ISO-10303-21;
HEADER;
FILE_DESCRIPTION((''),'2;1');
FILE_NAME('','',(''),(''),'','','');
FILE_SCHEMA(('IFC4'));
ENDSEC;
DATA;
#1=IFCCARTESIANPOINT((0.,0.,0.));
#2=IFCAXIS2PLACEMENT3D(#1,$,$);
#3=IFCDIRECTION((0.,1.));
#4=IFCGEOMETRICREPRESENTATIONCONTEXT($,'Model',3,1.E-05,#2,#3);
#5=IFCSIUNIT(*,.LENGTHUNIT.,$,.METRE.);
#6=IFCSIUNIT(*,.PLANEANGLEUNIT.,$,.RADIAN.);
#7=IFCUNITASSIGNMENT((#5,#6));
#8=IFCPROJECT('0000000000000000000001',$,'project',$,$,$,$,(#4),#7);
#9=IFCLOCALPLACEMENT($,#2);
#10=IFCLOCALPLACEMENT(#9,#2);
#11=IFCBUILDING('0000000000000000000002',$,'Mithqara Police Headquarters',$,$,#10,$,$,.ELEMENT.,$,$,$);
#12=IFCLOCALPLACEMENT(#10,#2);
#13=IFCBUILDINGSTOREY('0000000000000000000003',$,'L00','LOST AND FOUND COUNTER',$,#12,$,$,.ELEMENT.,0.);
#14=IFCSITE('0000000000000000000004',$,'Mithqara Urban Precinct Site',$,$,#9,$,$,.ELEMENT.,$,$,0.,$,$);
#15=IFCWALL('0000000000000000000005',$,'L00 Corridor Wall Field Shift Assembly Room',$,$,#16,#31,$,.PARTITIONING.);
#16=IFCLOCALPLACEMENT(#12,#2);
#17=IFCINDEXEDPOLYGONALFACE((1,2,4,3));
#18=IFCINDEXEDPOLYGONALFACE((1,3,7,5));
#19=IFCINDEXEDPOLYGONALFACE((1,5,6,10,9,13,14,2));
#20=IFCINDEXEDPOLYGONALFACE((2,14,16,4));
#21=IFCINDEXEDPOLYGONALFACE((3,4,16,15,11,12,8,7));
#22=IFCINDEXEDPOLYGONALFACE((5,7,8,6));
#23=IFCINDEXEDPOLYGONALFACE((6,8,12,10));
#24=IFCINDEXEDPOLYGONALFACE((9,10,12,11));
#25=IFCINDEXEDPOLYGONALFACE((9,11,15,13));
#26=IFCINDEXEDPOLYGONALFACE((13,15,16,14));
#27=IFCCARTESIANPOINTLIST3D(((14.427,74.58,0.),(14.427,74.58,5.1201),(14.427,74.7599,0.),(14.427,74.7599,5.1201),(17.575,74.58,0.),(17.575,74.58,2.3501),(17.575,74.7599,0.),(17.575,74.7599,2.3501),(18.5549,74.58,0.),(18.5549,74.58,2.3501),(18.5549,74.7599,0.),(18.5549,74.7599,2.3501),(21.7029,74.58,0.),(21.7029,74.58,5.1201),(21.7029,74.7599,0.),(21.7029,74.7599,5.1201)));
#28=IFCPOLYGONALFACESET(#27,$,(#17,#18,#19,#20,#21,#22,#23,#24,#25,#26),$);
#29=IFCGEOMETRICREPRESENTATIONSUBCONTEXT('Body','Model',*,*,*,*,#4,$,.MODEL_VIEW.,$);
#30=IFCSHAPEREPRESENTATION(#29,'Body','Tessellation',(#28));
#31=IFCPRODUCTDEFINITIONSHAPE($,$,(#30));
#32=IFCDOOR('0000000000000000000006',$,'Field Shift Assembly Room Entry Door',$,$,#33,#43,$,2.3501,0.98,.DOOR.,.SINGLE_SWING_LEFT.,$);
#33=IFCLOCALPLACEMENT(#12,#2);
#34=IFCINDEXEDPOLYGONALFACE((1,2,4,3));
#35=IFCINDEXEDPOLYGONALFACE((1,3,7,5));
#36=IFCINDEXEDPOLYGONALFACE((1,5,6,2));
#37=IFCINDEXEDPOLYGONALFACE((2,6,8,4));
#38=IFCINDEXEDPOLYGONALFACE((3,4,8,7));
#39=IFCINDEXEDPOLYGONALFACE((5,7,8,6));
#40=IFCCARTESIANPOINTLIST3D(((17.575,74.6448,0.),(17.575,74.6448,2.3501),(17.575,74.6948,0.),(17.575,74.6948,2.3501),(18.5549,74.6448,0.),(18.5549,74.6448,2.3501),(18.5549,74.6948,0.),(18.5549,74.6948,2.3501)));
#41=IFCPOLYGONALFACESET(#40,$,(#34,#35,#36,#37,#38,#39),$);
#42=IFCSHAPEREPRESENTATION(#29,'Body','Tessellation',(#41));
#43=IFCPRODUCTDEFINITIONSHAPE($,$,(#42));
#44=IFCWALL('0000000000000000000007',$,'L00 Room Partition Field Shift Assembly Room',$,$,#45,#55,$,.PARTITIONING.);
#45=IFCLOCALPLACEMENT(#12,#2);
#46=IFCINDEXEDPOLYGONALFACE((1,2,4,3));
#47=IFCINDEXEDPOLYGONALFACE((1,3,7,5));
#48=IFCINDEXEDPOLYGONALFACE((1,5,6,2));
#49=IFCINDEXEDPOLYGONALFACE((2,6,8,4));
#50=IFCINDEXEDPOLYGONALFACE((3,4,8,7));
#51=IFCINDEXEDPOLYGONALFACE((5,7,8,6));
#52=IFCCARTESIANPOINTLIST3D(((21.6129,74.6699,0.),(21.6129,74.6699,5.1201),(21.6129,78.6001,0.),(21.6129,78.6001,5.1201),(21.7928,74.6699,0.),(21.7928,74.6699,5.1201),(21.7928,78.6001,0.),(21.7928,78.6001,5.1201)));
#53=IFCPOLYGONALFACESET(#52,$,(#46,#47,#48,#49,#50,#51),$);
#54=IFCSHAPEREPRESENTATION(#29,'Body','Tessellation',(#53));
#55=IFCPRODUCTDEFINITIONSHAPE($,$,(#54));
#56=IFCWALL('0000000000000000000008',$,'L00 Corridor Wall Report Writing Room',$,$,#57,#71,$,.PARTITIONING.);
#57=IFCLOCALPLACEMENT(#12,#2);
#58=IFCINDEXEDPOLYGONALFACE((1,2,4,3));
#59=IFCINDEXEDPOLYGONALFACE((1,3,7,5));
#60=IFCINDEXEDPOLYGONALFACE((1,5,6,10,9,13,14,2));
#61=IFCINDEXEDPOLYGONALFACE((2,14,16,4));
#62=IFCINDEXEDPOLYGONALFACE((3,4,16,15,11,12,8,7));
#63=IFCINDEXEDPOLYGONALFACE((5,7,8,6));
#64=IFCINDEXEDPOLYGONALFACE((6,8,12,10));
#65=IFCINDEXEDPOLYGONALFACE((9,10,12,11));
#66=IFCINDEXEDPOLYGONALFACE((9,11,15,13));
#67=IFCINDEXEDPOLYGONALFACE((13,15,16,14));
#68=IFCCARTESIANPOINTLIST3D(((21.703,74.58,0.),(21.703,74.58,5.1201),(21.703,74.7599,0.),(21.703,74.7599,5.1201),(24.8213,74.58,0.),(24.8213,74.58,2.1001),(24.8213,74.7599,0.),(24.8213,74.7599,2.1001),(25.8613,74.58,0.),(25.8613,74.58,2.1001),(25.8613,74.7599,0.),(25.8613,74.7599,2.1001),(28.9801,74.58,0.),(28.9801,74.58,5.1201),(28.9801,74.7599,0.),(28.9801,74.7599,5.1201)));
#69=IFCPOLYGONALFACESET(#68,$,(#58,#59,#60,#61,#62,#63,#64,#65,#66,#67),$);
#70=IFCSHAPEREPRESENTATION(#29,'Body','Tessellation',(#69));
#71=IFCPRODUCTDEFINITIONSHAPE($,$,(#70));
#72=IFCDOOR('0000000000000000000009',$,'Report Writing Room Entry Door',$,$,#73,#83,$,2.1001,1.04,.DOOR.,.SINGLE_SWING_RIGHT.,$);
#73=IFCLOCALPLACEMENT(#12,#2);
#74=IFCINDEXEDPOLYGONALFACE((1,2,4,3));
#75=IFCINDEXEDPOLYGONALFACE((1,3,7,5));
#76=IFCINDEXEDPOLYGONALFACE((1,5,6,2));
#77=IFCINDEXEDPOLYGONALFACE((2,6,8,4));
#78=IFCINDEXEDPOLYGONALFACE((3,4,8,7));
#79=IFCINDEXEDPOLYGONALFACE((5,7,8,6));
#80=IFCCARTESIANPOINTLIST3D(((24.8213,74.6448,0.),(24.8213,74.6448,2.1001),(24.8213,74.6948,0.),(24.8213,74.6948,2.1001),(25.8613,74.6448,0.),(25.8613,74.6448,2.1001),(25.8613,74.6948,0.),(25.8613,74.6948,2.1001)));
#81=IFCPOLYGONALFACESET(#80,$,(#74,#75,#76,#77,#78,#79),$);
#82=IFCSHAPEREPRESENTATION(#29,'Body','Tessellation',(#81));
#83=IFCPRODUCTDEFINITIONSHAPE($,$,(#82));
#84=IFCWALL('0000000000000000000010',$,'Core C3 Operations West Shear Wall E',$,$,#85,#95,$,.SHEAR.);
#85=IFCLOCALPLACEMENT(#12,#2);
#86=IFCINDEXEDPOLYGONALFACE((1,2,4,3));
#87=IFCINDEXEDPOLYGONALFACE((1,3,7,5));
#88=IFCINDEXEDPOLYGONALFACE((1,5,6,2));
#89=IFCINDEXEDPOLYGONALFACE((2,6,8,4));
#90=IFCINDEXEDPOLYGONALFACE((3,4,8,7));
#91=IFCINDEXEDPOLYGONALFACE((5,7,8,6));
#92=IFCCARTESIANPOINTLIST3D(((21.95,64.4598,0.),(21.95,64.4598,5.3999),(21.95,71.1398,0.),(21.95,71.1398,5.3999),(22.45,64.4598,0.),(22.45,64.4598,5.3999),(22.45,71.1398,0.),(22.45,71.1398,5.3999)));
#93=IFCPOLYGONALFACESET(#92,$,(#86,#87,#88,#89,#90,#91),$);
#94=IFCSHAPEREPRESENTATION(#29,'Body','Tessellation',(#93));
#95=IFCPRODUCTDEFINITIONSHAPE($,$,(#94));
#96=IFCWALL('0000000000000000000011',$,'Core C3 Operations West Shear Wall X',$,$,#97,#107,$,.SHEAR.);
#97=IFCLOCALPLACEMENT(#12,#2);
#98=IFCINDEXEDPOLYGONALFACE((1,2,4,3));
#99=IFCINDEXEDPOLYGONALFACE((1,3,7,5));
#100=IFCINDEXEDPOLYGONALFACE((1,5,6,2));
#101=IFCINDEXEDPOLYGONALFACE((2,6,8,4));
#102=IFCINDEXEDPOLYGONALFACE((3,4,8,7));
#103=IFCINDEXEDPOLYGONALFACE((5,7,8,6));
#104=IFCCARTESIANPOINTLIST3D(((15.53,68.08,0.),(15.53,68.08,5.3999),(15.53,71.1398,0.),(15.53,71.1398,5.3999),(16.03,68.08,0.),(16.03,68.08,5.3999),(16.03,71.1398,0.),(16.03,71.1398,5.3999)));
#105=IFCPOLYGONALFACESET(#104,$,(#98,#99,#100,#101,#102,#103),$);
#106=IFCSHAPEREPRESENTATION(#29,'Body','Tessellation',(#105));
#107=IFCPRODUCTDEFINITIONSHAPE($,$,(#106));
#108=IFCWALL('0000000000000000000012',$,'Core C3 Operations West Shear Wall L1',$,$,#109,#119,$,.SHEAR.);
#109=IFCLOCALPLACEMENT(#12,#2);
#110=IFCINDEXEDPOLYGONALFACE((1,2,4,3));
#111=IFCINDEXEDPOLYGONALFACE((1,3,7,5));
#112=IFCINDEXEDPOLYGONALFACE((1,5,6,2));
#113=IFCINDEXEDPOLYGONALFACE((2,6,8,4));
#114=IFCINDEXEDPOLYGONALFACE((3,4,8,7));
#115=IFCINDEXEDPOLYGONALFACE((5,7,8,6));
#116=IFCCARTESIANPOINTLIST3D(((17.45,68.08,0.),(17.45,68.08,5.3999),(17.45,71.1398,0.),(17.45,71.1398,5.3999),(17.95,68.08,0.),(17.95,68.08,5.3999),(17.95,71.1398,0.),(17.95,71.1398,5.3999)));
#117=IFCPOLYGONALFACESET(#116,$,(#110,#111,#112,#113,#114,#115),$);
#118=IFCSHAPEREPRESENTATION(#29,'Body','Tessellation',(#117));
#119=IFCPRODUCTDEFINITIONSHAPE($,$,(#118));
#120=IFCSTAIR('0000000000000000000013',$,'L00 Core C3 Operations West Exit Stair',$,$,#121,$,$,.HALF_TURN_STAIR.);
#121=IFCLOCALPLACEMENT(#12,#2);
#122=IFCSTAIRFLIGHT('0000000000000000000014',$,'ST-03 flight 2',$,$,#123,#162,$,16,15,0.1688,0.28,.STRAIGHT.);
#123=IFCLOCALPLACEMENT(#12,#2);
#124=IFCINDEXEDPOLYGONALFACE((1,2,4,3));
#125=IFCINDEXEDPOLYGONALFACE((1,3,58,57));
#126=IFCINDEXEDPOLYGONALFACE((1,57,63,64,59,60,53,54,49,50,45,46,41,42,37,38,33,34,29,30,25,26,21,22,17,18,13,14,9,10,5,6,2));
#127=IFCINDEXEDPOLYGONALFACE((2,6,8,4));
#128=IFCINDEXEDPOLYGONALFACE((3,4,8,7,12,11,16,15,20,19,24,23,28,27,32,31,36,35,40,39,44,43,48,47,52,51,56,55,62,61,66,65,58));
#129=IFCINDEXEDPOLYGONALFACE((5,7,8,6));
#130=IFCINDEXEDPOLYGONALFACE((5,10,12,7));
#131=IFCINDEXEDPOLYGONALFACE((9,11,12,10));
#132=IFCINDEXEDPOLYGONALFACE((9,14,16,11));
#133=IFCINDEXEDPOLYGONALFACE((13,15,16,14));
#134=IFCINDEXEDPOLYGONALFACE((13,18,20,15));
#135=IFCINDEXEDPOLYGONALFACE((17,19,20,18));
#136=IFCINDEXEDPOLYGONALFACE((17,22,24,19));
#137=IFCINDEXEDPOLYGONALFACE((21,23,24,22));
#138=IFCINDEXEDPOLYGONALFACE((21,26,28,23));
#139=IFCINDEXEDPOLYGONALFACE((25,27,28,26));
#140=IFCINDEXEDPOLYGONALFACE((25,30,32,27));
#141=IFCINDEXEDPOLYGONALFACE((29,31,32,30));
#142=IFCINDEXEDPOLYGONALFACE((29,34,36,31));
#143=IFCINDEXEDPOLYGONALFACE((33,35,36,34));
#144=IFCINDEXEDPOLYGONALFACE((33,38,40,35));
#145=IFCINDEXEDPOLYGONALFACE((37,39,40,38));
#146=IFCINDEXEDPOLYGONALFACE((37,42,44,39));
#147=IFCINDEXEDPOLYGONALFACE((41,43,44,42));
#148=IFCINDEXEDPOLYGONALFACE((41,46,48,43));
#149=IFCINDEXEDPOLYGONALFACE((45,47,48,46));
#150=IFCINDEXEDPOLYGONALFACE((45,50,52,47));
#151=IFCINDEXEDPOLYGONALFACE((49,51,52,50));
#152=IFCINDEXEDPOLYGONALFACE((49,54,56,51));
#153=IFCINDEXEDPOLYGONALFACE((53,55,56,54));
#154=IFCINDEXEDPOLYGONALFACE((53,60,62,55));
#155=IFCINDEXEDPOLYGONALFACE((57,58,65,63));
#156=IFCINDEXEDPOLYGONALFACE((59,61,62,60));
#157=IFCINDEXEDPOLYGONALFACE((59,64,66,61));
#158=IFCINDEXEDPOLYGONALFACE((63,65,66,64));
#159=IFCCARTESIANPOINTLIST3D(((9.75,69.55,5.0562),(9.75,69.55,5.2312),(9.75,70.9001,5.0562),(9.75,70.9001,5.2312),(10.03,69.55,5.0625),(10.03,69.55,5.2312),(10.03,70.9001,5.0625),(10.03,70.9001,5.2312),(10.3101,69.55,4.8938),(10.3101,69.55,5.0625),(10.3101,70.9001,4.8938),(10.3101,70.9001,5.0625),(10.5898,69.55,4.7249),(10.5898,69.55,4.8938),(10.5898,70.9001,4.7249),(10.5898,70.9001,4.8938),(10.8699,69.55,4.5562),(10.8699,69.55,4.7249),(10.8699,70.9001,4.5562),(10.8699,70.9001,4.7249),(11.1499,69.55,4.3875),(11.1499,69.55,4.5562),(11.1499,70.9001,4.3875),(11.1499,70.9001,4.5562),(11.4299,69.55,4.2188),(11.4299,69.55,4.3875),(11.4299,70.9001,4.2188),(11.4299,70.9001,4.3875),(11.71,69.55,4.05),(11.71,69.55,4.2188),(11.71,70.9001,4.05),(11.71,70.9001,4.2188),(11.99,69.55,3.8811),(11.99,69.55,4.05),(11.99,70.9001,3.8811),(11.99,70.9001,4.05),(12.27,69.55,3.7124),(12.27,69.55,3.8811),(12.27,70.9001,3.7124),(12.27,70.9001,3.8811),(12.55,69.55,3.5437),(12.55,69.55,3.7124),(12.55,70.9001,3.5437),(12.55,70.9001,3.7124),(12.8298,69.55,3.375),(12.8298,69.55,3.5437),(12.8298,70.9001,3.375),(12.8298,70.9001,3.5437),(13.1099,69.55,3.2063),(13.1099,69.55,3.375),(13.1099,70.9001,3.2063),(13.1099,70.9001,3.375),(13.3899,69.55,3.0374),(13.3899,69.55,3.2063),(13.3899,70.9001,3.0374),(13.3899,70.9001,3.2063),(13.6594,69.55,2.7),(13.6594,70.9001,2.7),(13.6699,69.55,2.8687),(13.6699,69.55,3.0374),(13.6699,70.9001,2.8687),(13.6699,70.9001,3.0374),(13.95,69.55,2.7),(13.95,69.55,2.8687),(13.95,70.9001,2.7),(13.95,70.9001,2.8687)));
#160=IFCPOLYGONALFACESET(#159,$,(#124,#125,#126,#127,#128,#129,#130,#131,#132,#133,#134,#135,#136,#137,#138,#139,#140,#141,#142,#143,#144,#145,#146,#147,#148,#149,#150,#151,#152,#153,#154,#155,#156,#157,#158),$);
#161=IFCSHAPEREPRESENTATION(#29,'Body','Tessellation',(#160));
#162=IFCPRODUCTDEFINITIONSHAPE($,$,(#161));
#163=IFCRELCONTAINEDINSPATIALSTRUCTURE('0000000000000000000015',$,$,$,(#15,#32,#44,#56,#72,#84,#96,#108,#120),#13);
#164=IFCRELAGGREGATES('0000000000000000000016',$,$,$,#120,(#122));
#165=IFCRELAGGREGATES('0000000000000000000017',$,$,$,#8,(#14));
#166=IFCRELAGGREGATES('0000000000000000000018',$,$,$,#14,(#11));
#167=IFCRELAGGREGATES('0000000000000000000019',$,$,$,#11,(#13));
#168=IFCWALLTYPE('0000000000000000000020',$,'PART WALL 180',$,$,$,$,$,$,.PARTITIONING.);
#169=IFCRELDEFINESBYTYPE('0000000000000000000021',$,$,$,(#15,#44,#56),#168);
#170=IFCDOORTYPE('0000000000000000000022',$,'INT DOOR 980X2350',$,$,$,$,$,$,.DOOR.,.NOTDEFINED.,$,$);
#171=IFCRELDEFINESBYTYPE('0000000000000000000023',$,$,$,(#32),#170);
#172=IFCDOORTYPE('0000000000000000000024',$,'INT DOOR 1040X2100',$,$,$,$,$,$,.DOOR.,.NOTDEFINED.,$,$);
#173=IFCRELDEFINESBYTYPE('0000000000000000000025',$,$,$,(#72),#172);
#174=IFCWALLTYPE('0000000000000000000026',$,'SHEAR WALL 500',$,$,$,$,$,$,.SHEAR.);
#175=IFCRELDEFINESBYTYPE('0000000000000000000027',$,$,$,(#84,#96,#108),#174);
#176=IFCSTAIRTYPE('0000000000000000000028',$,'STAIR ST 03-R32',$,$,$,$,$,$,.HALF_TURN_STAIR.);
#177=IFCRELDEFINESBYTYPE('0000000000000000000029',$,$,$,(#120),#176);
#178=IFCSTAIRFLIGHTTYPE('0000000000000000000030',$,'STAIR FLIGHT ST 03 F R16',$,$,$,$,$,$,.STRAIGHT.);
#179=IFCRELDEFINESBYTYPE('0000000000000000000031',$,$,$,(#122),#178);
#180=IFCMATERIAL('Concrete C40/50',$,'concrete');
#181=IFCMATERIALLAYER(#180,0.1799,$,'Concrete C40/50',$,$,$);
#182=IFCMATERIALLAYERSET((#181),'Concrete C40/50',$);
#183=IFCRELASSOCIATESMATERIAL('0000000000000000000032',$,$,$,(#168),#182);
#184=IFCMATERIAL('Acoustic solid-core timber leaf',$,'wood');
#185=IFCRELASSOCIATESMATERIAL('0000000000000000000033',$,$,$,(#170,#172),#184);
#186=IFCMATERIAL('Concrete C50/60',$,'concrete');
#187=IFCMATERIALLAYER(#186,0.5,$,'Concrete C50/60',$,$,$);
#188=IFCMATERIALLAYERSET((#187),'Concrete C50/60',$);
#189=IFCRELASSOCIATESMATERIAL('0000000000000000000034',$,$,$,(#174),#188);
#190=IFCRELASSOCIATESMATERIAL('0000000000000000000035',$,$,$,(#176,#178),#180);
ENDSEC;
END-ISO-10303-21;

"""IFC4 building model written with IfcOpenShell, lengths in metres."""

from ifc_helpers import new_model, si_unit, direction, frame, frame_2d, origin, place, context, subcontext, project, spatial, polyline, rectangle, outline, extrude, material, layer, layer_set, type_object, element, fill, aggregate, save


model = new_model("IFC4")

# Units and contexts
model_context = context("Model", 3, precision=1e-05, world=origin(), true_north=direction((0.0, 1.0)))
body_context = subcontext(model_context, "Body", "Model", "MODEL_VIEW")
ifc_project = project(units=[si_unit("LENGTHUNIT", "METRE"), si_unit("PLANEANGLEUNIT", "RADIAN")], contexts=[model_context])

# Site, building, storey
site_placement = place(None, origin())
site = spatial("IfcSite", under=ifc_project, at=site_placement, Name="Mithqara Urban Precinct Site", CompositionType="ELEMENT", RefElevation=0.0)
building_placement = place(site_placement, origin())
building = spatial("IfcBuilding", under=site, at=building_placement, Name="Mithqara Police Headquarters", CompositionType="ELEMENT")
storey_placement = place(building_placement, origin())
storey = spatial("IfcBuildingStorey", under=building, at=storey_placement, Name="L00", Description="LOST AND FOUND COUNTER", CompositionType="ELEMENT", Elevation=0.0)

# Shared definitions
ifc_material_1 = material(Name="Concrete C40/50", Category="concrete")
ifc_material_2 = material(Name="Concrete C50/60", Category="concrete")

# Shared definitions
ifc_layer_1 = layer(ifc_material_1, 0.1799, Name="Concrete C40/50")
ifc_layer_set_1 = layer_set([ifc_layer_1], Name="Concrete C40/50")
wall_type_1 = type_object("IfcWallType", Name="PART WALL 180", PredefinedType="PARTITIONING", material=ifc_layer_set_1)

# Wall, opening, door
wall_1_placement = place(storey_placement, frame((14.427, 74.6699, 0.0), z_axis=(0.0, 0.0, 1.0), x_axis=(1.0, 0.0, 0.0)))
wall_1 = element("IfcWall", 1, at=wall_1_placement, inside=storey, type_object=wall_type_1, Name="L00 Corridor Wall Field Shift Assembly Room", PredefinedType="PARTITIONING", context=body_context, shape_type="SweptSolid", body=[
    extrude(rectangle(XDim=7.2759, YDim=0.1799, at=frame_2d((3.6379, 0.0))), origin(), (0.0, 0.0, 1.0), 5.1201),
])
opening_1_placement = place(wall_1_placement, frame((3.1479, 0.0, 0.0)))
opening_1 = element("IfcOpeningElement", 2, at=opening_1_placement, cuts=wall_1, PredefinedType="OPENING", context=body_context, shape_type="SweptSolid", body=[
    extrude(rectangle(XDim=0.98, YDim=2.3501, at=frame_2d((0.49, 1.175))), frame((0.0, 0.1001, 0.0), z_axis=(0.0, -1.0, 0.0), x_axis=(1.0, 0.0, 0.0)), (0.0, 0.0, 1.0), 0.2),
])
ifc_material_3 = material(Name="Acoustic solid-core timber leaf", Category="wood")
door_type_1 = type_object("IfcDoorType", Name="INT DOOR 980X2350", OperationType="NOTDEFINED", PredefinedType="DOOR", material=ifc_material_3)
door_1_placement = place(opening_1_placement, origin())
door_1 = element("IfcDoor", 3, at=door_1_placement, inside=storey, type_object=door_type_1, Name="Field Shift Assembly Room Entry Door", OperationType="SINGLE_SWING_LEFT", OverallHeight=2.3501, OverallWidth=0.98, PredefinedType="DOOR", context=body_context, shape_type="SweptSolid", body=[
    extrude(rectangle(XDim=0.98, YDim=2.3501, at=frame_2d((0.49, 1.175))), frame((0.0, 0.0249, 0.0), z_axis=(0.0, -1.0, 0.0), x_axis=(1.0, 0.0, 0.0)), (0.0, 0.0, 1.0), 0.05),
])
fill(opening_1, door_1)

# Wall
wall_2_placement = place(storey_placement, frame((21.7029, 74.6699, 0.0), z_axis=(0.0, 0.0, 1.0), x_axis=(0.0, 1.0, 0.0)))
element("IfcWall", 4, at=wall_2_placement, inside=storey, type_object=wall_type_1, Name="L00 Room Partition Field Shift Assembly Room", PredefinedType="PARTITIONING", context=body_context, shape_type="SweptSolid", body=[
    extrude(rectangle(XDim=3.9302, YDim=0.1799, at=frame_2d((1.9651, 0.0))), origin(), (0.0, 0.0, 1.0), 5.1201),
])

# Wall, opening, door
wall_3_placement = place(storey_placement, frame((21.7029, 74.6699, 0.0), z_axis=(0.0, 0.0, 1.0), x_axis=(1.0, 0.0, 0.0)))
wall_3 = element("IfcWall", 5, at=wall_3_placement, inside=storey, type_object=wall_type_1, Name="L00 Corridor Wall Report Writing Room", PredefinedType="PARTITIONING", context=body_context, shape_type="SweptSolid", body=[
    extrude(rectangle(XDim=7.2771, YDim=0.1799, at=frame_2d((3.6387, 0.0))), origin(), (0.0, 0.0, 1.0), 5.1201),
])
opening_2_placement = place(wall_3_placement, frame((3.1184, 0.0, 0.0)))
opening_2 = element("IfcOpeningElement", 6, at=opening_2_placement, cuts=wall_3, PredefinedType="OPENING", context=body_context, shape_type="SweptSolid", body=[
    extrude(rectangle(XDim=1.04, YDim=2.1001, at=frame_2d((0.52, 1.05))), frame((0.0, 0.1001, 0.0), z_axis=(0.0, -1.0, 0.0), x_axis=(1.0, 0.0, 0.0)), (0.0, 0.0, 1.0), 0.2),
])
door_type_2 = type_object("IfcDoorType", Name="INT DOOR 1040X2100", OperationType="NOTDEFINED", PredefinedType="DOOR", material=ifc_material_3)
door_2_placement = place(opening_2_placement, origin())
door_2 = element("IfcDoor", 7, at=door_2_placement, inside=storey, type_object=door_type_2, Name="Report Writing Room Entry Door", OperationType="SINGLE_SWING_RIGHT", OverallHeight=2.1001, OverallWidth=1.04, PredefinedType="DOOR", context=body_context, shape_type="SweptSolid", body=[
    extrude(rectangle(XDim=1.04, YDim=2.1001, at=frame_2d((0.52, 1.05))), frame((0.0, 0.0249, 0.0), z_axis=(0.0, -1.0, 0.0), x_axis=(1.0, 0.0, 0.0)), (0.0, 0.0, 1.0), 0.05),
])
fill(opening_2, door_2)

# Walls
ifc_layer_2 = layer(ifc_material_2, 0.5, Name="Concrete C50/60")
ifc_layer_set_2 = layer_set([ifc_layer_2], Name="Concrete C50/60")
wall_type_2 = type_object("IfcWallType", Name="SHEAR WALL 500", PredefinedType="SHEAR", material=ifc_layer_set_2)
wall_4_placement = place(storey_placement, frame((22.2, 64.46, 0.0), z_axis=(0.0, 0.0, 1.0), x_axis=(0.0, 1.0, 0.0)))
element("IfcWall", 8, at=wall_4_placement, inside=storey, type_object=wall_type_2, Name="Core C3 Operations West Shear Wall E", PredefinedType="SHEAR", context=body_context, shape_type="SweptSolid", body=[
    extrude(rectangle(XDim=6.6799, YDim=0.5, at=frame_2d((3.3398, 0.0))), origin(), (0.0, 0.0, 1.0), 5.3999),
])
for number, where, z_axis, x_axis, name in (
    (9, (15.78, 68.0801, 0.0), (0.0, 0.0, 1.0), (0.0, 1.0, 0.0), "Core C3 Operations West Shear Wall X"),
    (10, (17.7, 68.0801, 0.0), (0.0, 0.0, 1.0), (0.0, 1.0, 0.0), "Core C3 Operations West Shear Wall L1"),
):
    element("IfcWall", number, at=place(storey_placement, frame(where, z_axis=z_axis, x_axis=x_axis)), inside=storey, type_object=wall_type_2, Name=name, PredefinedType="SHEAR", context=body_context, shape_type="SweptSolid", body=[
        extrude(rectangle(XDim=3.0598, YDim=0.5, at=frame_2d((1.5298, 0.0))), origin(), (0.0, 0.0, 1.0), 5.3999),
    ])

# Stair, stair flight
stair_type = type_object("IfcStairType", Name="STAIR ST 03-R32", PredefinedType="HALF_TURN_STAIR", material=ifc_material_1)
stair_placement = place(storey_placement, origin())
stair = element("IfcStair", 11, at=stair_placement, inside=storey, type_object=stair_type, Name="L00 Core C3 Operations West Exit Stair", PredefinedType="HALF_TURN_STAIR")
stair_flight_type = type_object("IfcStairFlightType", Name="STAIR FLIGHT ST 03 F R16", PredefinedType="STRAIGHT", material=ifc_material_1)
stair_flight_placement = place(storey_placement, frame((13.95, 70.2251, 2.7), z_axis=(0.0, 0.0, 1.0), x_axis=(-1.0, 0.0, 0.0)))
stair_flight = element("IfcStairFlight", 12, at=stair_flight_placement, type_object=stair_flight_type, Name="ST-03 flight 2", NumberOfRisers=16, NumberOfTreads=15, PredefinedType="STRAIGHT", RiserHeight=0.1688, TreadLength=0.28, context=body_context, shape_type="SweptSolid", body=[
    extrude(outline(polyline([(0.0, 0.0), (0.0, 0.1687), (0.28, 0.1687), (0.28, 0.3374), (0.5601, 0.3374), (0.5601, 0.5063), (0.8401, 0.5063), (0.8401, 0.675), (1.1201, 0.675), (1.1201, 0.8438), (1.3999, 0.8438), (1.3999, 1.0125), (1.6799, 1.0125), (1.6799, 1.1812), (1.96, 1.1812), (1.96, 1.3501), (2.24, 1.3501), (2.24, 1.5188), (2.52, 1.5188), (2.52, 1.6875), (2.8, 1.6875), (2.8, 1.8562), (3.0801, 1.8562), (3.0801, 2.0249), (3.3601, 2.0249), (3.3601, 2.1938), (3.6399, 2.1938), (3.6399, 2.3625), (3.9199, 2.3625), (3.9199, 2.5312), (4.2, 2.5312), (4.2, 2.7), (4.2, 2.3562), (0.2905, 0.0), (0.0, 0.0)])), frame((0.0, 0.675, 0.0), z_axis=(0.0, -1.0, 0.0), x_axis=(1.0, 0.0, 0.0)), (0.0, 0.0, 1.0), 1.3501),
])
aggregate(stair, [stair_flight])

save(model, "model.ifc")
